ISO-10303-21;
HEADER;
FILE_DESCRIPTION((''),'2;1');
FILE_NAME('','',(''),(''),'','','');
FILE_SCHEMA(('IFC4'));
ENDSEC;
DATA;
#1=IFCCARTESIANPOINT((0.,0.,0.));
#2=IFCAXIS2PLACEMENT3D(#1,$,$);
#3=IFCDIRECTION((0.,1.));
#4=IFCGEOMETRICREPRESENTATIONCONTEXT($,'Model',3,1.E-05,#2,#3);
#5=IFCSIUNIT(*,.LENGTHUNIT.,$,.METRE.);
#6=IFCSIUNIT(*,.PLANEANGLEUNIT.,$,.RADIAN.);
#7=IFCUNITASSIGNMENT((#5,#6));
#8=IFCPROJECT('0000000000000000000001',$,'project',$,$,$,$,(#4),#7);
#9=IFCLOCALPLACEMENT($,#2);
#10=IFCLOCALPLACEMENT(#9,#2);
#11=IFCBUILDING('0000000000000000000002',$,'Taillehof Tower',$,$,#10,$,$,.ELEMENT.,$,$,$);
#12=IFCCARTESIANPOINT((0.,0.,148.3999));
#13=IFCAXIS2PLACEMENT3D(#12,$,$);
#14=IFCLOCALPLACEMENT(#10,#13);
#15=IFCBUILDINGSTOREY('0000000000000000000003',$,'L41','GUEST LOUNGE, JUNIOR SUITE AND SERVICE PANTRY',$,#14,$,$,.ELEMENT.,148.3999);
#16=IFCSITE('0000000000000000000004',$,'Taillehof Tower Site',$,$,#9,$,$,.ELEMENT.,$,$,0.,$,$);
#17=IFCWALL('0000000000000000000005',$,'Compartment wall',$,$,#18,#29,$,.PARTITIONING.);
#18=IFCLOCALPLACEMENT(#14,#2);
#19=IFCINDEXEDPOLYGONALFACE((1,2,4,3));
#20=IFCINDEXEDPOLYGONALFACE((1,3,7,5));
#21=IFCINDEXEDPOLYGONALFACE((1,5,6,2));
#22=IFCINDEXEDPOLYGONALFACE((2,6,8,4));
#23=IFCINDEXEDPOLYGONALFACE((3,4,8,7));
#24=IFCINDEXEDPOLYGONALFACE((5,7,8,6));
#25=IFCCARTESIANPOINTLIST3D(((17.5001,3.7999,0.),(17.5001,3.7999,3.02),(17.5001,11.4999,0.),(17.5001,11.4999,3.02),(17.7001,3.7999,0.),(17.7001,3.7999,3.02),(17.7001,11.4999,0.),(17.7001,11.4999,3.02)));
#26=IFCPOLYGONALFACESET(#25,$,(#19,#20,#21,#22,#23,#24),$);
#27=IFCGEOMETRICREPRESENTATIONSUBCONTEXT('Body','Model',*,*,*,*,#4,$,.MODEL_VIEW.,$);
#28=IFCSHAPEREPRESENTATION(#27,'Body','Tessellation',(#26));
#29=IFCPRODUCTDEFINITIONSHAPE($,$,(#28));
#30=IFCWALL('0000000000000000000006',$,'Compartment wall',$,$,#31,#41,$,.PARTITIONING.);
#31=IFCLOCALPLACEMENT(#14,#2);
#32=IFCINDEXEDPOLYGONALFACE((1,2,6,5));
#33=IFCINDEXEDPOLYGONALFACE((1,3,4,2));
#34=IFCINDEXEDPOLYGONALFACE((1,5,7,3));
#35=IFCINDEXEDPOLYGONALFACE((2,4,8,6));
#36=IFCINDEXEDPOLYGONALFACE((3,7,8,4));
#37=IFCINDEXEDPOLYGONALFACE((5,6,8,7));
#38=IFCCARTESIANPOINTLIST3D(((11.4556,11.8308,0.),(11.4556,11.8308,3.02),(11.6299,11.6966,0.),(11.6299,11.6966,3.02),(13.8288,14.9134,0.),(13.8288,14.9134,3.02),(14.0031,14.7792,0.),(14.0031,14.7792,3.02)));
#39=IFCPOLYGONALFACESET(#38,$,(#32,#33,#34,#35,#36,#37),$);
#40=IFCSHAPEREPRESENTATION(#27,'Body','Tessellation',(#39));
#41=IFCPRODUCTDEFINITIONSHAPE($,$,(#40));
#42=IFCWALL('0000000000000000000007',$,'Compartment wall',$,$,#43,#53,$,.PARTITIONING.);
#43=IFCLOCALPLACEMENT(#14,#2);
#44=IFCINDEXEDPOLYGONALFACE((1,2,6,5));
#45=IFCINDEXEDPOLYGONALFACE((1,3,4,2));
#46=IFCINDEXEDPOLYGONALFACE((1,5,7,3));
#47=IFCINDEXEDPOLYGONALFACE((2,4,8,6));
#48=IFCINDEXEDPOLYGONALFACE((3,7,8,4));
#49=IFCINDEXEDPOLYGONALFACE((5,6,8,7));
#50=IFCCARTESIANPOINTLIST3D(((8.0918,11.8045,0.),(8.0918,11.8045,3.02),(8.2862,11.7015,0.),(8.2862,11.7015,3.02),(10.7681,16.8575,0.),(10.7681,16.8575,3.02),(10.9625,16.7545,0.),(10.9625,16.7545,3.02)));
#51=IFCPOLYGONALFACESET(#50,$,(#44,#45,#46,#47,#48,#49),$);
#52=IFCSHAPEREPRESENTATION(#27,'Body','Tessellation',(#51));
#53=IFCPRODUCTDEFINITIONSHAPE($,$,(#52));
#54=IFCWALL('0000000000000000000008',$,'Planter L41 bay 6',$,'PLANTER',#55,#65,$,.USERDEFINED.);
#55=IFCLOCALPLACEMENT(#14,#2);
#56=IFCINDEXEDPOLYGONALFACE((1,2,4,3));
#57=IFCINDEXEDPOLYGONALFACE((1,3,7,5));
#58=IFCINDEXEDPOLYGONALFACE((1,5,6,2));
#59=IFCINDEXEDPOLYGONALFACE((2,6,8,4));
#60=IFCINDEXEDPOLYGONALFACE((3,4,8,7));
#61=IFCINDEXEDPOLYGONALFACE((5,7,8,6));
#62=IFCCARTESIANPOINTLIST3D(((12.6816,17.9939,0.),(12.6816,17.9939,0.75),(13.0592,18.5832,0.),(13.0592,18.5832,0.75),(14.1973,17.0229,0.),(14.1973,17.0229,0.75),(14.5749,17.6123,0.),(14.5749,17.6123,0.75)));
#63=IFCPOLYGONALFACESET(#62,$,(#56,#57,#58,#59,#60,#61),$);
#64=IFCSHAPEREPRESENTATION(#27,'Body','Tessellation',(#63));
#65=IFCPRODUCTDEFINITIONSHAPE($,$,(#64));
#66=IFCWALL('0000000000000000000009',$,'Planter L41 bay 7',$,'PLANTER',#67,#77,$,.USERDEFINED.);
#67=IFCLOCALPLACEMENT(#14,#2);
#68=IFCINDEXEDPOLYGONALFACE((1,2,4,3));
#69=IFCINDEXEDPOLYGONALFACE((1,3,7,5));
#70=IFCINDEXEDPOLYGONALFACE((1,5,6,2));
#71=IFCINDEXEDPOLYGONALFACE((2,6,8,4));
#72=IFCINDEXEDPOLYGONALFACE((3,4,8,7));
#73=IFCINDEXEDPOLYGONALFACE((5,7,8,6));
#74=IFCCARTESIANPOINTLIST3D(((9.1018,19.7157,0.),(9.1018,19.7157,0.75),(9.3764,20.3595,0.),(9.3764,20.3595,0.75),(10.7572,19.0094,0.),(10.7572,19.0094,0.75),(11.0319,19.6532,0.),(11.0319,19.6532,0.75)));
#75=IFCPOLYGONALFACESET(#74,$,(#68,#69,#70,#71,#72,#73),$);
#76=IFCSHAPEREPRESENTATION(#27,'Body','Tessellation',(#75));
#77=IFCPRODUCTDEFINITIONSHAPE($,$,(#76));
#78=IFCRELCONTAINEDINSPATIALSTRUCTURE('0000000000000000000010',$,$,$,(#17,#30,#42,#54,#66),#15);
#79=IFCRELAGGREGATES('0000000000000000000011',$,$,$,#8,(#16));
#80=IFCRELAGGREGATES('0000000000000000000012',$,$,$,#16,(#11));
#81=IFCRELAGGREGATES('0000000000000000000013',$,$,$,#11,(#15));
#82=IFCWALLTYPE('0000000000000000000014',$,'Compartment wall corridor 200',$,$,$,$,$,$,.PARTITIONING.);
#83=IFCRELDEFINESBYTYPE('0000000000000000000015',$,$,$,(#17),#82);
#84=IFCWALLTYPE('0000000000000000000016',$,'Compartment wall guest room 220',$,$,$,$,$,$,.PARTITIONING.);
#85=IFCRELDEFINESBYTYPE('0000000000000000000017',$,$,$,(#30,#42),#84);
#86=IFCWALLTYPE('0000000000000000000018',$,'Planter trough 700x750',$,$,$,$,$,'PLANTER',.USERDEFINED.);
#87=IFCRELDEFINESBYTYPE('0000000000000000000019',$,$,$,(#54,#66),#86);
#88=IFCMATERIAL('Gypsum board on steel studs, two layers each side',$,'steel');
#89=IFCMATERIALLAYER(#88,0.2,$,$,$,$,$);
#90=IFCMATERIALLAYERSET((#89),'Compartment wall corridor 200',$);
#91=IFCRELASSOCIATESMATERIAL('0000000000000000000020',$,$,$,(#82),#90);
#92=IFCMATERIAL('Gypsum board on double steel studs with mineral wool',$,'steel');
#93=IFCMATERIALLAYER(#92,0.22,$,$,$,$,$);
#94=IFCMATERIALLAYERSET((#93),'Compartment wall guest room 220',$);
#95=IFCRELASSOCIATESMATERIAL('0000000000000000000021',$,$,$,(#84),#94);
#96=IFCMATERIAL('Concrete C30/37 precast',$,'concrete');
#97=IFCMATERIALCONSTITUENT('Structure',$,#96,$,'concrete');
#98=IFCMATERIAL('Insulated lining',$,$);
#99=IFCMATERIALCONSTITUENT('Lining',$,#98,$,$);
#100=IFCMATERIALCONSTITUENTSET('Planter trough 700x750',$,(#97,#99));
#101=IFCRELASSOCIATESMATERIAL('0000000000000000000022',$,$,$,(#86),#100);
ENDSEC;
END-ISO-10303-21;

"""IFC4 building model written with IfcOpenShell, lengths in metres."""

from ifc_helpers import new_model, si_unit, direction, frame, frame_2d, origin, place, context, subcontext, project, spatial, rectangle, extrude, material, layer, layer_set, constituent, constituent_set, type_object, element, save


model = new_model("IFC4")

# Units and contexts
model_context = context("Model", 3, precision=1e-05, world=origin(), true_north=direction((0.0, 1.0)))
body_context = subcontext(model_context, "Body", "Model", "MODEL_VIEW")
ifc_project = project(units=[si_unit("LENGTHUNIT", "METRE"), si_unit("PLANEANGLEUNIT", "RADIAN")], contexts=[model_context])

# Site, building, storey
site_placement = place(None, origin())
site = spatial("IfcSite", under=ifc_project, at=site_placement, Name="Taillehof Tower Site", CompositionType="ELEMENT", RefElevation=0.0)
building_placement = place(site_placement, origin())
building = spatial("IfcBuilding", under=site, at=building_placement, Name="Taillehof Tower", CompositionType="ELEMENT")
storey_placement = place(building_placement, frame((0.0, 0.0, 148.3999)))
storey = spatial("IfcBuildingStorey", under=building, at=storey_placement, Name="L41", Description="GUEST LOUNGE, JUNIOR SUITE AND SERVICE PANTRY", CompositionType="ELEMENT", Elevation=148.3999)

# Walls
ifc_material_1 = material(Name="Gypsum board on steel studs, two layers each side", Category="steel")
ifc_layer_1 = layer(ifc_material_1, 0.2)
ifc_layer_set_1 = layer_set([ifc_layer_1], Name="Compartment wall corridor 200")
wall_type_1 = type_object("IfcWallType", Name="Compartment wall corridor 200", PredefinedType="PARTITIONING", material=ifc_layer_set_1)
wall_1_placement = place(storey_placement, frame((17.6001, 11.5, 0.0), z_axis=(0.0, 0.0, 1.0), x_axis=(0.0, -1.0, 0.0)))
element("IfcWall", 1, at=wall_1_placement, inside=storey, type_object=wall_type_1, Name="Compartment wall", PredefinedType="PARTITIONING", context=body_context, shape_type="SweptSolid", body=[
    extrude(rectangle(XDim=7.7, YDim=0.2, at=frame_2d((3.8501, 0.0))), origin(), (0.0, 0.0, 1.0), 3.02),
])
ifc_material_2 = material(Name="Gypsum board on double steel studs with mineral wool", Category="steel")
ifc_layer_2 = layer(ifc_material_2, 0.22)
ifc_layer_set_2 = layer_set([ifc_layer_2], Name="Compartment wall guest room 220")
wall_type_2 = type_object("IfcWallType", Name="Compartment wall guest room 220", PredefinedType="PARTITIONING", material=ifc_layer_set_2)
wall_2_placement = place(storey_placement, frame((13.916, 14.8464, 0.0), z_axis=(0.0, 0.0, 1.0), x_axis=(-0.610023, -0.792384, 0.0)))
element("IfcWall", 2, at=wall_2_placement, inside=storey, type_object=wall_type_2, Name="Compartment wall", PredefinedType="PARTITIONING", context=body_context, shape_type="SweptSolid", body=[
    extrude(rectangle(XDim=3.8904, YDim=0.22, at=frame_2d((1.9453, 0.0))), origin(), (0.0, 0.0, 1.0), 3.02),
])
wall_3_placement = place(storey_placement, frame((10.8652, 16.8059, 0.0), z_axis=(0.0, 0.0, 1.0), x_axis=(-0.468047, -0.883704, 0.0)))
element("IfcWall", 3, at=wall_3_placement, inside=storey, type_object=wall_type_2, Name="Compartment wall", PredefinedType="PARTITIONING", context=body_context, shape_type="SweptSolid", body=[
    extrude(rectangle(XDim=5.718, YDim=0.22, at=frame_2d((2.8589, 0.0))), origin(), (0.0, 0.0, 1.0), 3.02),
])
ifc_material_3 = material(Name="Concrete C30/37 precast", Category="concrete")
ifc_constituent_1 = constituent(ifc_material_3, Name="Structure", Category="concrete")
ifc_material_4 = material(Name="Insulated lining")
ifc_constituent_2 = constituent(ifc_material_4, Name="Lining")
ifc_constituent_set = constituent_set(constituents=[ifc_constituent_1, ifc_constituent_2], Name="Planter trough 700x750")
wall_type_3 = type_object("IfcWallType", Name="Planter trough 700x750", ElementType="PLANTER", PredefinedType="USERDEFINED", material=ifc_constituent_set)
wall_4_placement = place(storey_placement, frame((14.386, 17.3176, 0.0), z_axis=(0.0, 0.0, 1.0), x_axis=(-0.842032, 0.539427, 0.0)))
element("IfcWall", 4, at=wall_4_placement, inside=storey, type_object=wall_type_3, Name="Planter L41 bay 6", ObjectType="PLANTER", PredefinedType="USERDEFINED", context=body_context, shape_type="SweptSolid", body=[
    extrude(rectangle(XDim=1.8, YDim=0.7, at=frame_2d((0.8999, 0.0))), origin(), (0.0, 0.0, 1.0), 0.75),
])
wall_5_placement = place(storey_placement, frame((10.8945, 19.3313, 0.0), z_axis=(0.0, 0.0, 1.0), x_axis=(-0.919789, 0.392413, 0.0)))
element("IfcWall", 5, at=wall_5_placement, inside=storey, type_object=wall_type_3, Name="Planter L41 bay 7", ObjectType="PLANTER", PredefinedType="USERDEFINED", context=body_context, shape_type="SweptSolid", body=[
    extrude(rectangle(XDim=1.7998, YDim=0.7, at=frame_2d((0.8999, 0.0))), origin(), (0.0, 0.0, 1.0), 0.75),
])

save(model, "model.ifc")
